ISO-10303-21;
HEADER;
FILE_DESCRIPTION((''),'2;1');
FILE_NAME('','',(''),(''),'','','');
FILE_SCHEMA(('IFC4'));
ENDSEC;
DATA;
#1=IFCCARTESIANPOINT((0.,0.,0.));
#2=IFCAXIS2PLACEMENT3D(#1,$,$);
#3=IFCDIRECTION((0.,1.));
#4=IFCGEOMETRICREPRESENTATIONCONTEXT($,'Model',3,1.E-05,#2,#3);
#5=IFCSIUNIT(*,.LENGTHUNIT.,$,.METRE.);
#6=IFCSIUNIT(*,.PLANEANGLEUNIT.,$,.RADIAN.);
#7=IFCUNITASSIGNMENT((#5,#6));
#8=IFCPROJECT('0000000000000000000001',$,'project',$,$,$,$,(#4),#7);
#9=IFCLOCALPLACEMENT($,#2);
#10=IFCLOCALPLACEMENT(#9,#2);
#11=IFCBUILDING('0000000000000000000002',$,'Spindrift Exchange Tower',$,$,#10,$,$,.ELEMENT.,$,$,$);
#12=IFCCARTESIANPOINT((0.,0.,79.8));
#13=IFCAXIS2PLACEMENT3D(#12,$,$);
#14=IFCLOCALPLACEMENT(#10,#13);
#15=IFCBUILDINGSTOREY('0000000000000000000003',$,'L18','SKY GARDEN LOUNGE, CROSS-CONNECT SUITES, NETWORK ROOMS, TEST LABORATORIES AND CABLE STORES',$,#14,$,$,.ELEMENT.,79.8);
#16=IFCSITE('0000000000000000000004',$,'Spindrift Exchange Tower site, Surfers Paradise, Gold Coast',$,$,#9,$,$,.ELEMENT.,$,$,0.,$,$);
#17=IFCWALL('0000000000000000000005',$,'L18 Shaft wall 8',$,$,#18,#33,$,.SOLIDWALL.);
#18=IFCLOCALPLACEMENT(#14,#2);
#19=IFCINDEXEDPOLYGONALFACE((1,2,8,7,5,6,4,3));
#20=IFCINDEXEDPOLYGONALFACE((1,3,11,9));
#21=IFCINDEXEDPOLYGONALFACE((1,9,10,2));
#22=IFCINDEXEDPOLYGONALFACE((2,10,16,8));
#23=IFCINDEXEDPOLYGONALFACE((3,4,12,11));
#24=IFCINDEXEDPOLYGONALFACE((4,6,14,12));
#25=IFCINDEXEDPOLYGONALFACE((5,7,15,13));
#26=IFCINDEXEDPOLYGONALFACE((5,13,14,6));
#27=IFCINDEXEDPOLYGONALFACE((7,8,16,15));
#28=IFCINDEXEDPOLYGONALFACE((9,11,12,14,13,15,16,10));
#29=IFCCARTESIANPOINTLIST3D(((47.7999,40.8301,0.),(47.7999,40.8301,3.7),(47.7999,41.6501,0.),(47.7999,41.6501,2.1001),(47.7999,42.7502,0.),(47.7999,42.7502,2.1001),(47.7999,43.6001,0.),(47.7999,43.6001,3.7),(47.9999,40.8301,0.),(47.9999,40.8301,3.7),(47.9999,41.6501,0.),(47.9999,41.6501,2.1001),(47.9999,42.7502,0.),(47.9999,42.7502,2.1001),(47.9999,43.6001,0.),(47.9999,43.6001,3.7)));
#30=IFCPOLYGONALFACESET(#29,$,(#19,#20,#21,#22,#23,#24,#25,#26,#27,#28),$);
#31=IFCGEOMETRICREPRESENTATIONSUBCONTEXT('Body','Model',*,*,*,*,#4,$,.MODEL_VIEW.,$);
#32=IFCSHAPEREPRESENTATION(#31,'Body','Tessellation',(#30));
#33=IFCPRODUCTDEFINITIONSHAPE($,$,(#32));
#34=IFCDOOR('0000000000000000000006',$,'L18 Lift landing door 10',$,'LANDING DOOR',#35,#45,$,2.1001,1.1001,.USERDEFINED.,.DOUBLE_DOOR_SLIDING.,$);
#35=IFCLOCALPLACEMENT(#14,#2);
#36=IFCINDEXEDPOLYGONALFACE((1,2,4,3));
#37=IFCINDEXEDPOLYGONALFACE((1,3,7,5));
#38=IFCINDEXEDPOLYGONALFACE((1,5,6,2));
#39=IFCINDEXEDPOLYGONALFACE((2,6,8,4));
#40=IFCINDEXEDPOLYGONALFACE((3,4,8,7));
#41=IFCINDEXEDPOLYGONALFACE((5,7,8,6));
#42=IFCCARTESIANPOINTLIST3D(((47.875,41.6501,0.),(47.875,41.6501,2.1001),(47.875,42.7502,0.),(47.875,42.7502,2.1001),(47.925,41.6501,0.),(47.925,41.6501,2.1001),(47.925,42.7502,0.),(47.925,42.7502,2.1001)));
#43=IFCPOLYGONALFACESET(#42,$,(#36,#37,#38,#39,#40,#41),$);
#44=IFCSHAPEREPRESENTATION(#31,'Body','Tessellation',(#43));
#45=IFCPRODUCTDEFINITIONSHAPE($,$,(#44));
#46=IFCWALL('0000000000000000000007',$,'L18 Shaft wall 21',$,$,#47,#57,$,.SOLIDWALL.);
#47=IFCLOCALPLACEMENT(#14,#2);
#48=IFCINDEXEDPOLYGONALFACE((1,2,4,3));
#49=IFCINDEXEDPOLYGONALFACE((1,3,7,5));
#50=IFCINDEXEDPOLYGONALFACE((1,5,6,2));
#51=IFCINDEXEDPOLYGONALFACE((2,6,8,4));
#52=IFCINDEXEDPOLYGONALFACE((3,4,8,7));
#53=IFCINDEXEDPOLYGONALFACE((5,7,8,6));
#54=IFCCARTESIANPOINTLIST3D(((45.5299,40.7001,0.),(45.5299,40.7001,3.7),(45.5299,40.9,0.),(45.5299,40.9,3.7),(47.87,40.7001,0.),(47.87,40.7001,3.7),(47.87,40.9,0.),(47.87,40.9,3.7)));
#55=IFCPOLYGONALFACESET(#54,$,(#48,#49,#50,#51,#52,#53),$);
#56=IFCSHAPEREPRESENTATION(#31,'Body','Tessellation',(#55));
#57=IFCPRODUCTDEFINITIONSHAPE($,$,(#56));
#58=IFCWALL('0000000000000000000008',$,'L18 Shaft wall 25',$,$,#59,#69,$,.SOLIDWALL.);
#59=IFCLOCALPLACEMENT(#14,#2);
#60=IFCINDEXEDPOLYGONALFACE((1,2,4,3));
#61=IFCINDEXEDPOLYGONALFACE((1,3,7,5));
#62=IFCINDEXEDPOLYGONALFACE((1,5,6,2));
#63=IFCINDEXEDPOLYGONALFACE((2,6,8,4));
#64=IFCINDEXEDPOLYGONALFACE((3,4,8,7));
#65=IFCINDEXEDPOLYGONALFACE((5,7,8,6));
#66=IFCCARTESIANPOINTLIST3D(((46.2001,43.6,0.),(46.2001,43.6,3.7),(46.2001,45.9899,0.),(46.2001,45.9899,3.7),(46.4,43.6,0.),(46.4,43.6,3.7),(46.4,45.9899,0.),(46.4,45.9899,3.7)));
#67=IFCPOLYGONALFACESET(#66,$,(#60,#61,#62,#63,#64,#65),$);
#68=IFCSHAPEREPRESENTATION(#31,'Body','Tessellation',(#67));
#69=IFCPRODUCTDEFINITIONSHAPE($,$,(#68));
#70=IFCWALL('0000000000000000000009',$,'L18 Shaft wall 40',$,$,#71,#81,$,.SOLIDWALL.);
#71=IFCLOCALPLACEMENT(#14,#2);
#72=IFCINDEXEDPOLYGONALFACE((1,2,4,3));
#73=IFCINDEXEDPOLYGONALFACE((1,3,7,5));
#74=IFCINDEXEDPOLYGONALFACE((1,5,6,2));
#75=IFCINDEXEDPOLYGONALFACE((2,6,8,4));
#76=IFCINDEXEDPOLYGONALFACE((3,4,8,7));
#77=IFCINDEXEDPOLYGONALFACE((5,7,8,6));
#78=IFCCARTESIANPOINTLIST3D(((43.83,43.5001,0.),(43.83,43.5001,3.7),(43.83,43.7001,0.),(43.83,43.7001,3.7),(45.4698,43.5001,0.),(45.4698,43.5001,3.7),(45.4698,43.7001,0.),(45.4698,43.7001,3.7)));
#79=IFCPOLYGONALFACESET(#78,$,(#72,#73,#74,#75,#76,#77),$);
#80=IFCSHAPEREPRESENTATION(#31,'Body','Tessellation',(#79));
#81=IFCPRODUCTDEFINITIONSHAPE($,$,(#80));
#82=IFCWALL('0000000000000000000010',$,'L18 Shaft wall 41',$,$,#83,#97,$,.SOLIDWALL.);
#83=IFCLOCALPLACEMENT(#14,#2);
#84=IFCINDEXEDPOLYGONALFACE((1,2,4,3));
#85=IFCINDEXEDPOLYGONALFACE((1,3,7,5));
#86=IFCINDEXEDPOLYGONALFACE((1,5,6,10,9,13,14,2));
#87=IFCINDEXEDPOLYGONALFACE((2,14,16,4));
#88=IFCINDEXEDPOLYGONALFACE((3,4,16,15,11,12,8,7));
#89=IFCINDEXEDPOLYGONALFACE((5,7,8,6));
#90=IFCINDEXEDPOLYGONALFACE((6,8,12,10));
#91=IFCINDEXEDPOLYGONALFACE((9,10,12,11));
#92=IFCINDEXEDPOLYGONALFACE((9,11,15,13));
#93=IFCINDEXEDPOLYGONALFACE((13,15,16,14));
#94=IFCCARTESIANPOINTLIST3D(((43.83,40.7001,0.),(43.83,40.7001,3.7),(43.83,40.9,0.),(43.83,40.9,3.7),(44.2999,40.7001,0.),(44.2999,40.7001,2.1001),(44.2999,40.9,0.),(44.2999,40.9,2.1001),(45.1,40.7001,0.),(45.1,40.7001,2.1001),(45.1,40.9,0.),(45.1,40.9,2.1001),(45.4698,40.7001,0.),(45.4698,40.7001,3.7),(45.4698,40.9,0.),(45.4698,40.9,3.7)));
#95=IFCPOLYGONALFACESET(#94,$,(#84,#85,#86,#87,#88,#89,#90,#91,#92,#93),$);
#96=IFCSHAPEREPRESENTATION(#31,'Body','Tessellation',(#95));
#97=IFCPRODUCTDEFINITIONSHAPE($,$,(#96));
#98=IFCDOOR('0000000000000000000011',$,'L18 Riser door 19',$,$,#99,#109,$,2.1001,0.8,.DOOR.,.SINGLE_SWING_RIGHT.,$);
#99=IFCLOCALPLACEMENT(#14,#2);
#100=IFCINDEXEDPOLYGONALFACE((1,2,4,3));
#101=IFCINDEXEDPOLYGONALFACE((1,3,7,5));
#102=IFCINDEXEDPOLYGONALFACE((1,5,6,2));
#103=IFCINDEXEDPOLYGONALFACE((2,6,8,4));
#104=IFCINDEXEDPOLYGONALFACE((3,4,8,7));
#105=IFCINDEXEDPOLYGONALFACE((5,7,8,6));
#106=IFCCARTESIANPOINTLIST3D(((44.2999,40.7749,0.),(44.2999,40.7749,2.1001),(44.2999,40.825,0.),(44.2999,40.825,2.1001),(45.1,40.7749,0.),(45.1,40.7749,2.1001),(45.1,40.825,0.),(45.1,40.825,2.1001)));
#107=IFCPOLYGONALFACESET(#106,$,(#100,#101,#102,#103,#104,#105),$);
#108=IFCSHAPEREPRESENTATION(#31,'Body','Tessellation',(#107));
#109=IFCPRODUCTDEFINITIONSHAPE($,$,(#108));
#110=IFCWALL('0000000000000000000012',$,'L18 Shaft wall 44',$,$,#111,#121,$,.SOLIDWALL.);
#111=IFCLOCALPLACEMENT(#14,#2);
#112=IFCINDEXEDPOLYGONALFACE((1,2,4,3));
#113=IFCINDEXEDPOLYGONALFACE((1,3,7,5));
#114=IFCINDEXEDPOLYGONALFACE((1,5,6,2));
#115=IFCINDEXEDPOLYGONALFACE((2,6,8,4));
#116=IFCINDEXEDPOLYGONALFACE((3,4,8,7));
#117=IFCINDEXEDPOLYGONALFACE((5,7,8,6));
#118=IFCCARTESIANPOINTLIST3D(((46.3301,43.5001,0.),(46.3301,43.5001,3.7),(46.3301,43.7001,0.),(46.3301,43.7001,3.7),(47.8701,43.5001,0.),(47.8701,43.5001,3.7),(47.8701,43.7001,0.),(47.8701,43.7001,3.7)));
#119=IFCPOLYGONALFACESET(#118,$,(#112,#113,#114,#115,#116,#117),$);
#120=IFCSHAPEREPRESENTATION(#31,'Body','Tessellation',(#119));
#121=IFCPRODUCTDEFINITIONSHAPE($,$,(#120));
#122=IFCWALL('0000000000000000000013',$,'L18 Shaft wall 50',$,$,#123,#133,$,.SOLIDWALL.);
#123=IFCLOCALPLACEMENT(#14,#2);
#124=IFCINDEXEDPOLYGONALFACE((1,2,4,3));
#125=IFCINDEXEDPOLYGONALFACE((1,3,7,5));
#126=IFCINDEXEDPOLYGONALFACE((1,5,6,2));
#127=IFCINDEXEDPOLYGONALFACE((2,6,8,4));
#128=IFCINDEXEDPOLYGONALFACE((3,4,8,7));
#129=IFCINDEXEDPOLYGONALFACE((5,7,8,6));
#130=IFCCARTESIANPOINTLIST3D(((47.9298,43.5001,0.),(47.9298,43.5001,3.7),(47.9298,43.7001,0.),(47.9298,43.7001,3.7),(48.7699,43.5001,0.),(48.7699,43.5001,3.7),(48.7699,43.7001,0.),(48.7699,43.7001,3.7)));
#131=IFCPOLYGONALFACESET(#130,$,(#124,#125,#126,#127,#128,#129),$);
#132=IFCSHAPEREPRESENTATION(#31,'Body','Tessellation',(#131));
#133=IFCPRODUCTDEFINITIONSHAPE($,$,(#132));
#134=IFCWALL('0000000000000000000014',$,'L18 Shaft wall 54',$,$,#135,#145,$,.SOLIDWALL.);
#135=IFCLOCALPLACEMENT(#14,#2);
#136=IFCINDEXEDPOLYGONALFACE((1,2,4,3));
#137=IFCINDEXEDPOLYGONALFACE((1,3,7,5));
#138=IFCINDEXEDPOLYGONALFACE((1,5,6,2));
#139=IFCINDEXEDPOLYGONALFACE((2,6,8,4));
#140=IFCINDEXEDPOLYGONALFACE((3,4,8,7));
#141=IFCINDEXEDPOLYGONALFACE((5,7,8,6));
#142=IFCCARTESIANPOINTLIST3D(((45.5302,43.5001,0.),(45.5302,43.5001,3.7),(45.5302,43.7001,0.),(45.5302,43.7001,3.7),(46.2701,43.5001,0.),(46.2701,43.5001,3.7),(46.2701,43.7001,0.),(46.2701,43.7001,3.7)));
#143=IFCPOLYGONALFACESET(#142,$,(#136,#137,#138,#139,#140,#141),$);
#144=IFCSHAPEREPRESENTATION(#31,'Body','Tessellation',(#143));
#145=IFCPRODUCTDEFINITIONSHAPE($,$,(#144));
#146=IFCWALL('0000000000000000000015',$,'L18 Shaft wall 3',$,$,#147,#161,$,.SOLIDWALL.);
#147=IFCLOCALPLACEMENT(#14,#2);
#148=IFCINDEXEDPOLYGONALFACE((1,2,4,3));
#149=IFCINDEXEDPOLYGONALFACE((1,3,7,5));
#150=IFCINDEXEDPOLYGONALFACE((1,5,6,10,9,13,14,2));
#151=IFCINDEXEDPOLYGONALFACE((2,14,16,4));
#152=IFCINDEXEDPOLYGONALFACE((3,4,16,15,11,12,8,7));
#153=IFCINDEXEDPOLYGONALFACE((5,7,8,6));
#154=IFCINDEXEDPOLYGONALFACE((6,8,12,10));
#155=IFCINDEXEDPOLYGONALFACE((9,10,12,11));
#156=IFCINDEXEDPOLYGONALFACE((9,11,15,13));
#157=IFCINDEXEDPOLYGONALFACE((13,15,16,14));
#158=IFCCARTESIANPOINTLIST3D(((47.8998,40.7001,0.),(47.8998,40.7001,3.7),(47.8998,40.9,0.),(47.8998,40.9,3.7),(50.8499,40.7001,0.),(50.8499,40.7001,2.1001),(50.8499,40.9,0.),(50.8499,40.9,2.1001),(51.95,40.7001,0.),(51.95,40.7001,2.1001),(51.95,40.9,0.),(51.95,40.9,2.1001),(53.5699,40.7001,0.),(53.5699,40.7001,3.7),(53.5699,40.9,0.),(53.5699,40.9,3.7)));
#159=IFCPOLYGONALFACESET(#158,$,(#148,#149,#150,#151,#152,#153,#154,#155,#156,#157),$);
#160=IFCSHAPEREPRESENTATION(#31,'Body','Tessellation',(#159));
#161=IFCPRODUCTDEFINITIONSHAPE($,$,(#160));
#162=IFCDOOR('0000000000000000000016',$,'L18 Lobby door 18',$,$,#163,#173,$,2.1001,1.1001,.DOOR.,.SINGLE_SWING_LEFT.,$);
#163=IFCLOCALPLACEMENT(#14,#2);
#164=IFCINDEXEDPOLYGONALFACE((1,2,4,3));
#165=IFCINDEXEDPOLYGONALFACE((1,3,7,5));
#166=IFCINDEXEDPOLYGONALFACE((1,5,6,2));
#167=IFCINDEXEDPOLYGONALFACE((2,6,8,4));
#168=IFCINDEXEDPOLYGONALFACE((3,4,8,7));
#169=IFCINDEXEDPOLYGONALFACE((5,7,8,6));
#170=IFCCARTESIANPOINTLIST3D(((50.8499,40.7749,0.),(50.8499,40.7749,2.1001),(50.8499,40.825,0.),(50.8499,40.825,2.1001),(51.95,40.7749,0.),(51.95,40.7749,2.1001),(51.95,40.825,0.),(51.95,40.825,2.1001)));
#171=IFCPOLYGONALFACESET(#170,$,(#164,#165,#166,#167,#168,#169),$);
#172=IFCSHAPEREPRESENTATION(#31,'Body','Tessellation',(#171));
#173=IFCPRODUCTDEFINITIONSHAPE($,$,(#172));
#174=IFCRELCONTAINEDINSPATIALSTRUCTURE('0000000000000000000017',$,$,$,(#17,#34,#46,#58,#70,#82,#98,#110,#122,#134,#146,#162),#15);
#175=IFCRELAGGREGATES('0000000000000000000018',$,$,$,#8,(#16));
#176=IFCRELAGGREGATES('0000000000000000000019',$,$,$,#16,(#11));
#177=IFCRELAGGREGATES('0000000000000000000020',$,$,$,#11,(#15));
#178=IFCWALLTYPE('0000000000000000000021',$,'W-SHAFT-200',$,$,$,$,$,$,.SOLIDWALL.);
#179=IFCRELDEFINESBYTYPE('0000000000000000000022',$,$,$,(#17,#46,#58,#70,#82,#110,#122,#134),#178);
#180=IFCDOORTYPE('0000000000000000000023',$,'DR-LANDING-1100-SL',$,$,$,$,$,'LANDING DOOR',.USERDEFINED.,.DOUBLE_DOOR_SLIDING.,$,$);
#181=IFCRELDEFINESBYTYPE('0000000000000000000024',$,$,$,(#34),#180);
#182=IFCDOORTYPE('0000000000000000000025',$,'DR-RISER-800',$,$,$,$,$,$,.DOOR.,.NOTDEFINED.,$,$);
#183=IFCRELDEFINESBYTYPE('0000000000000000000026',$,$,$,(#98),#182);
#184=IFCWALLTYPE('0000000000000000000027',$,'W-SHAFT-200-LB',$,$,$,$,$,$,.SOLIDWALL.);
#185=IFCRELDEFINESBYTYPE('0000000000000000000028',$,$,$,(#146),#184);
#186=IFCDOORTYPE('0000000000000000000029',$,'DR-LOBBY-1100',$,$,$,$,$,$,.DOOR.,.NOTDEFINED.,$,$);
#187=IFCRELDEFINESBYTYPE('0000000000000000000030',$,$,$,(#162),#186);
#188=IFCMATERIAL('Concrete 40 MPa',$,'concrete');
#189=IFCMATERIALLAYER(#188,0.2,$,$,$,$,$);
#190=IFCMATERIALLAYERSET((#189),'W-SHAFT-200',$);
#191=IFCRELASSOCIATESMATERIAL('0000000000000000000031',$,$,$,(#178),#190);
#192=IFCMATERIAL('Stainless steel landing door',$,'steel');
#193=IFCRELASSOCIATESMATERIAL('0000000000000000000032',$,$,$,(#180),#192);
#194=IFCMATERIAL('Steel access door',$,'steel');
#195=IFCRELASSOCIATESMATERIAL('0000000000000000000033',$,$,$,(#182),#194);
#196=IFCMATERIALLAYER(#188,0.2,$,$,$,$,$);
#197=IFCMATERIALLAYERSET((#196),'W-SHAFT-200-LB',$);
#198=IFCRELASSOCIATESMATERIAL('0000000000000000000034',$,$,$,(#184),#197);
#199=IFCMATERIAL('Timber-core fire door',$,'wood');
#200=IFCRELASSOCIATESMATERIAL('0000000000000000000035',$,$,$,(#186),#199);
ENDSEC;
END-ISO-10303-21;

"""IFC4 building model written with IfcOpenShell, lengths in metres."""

from ifc_helpers import new_model, si_unit, direction, frame, frame_2d, origin, place, context, subcontext, project, spatial, rectangle, extrude, source, transform, mapped, material, layer, layer_set, type_object, element, fill, save


model = new_model("IFC4")

# Units and contexts
model_context = context("Model", 3, precision=1e-05, world=origin(), true_north=direction((0.0, 1.0)))
body_context = subcontext(model_context, "Body", "Model", "MODEL_VIEW")
ifc_project = project(units=[si_unit("LENGTHUNIT", "METRE"), si_unit("PLANEANGLEUNIT", "RADIAN")], contexts=[model_context])

# Site, building, storey
site_placement = place(None, origin())
site = spatial("IfcSite", under=ifc_project, at=site_placement, Name="Spindrift Exchange Tower site, Surfers Paradise, Gold Coast", CompositionType="ELEMENT", RefElevation=0.0)
building_placement = place(site_placement, origin())
building = spatial("IfcBuilding", under=site, at=building_placement, Name="Spindrift Exchange Tower", CompositionType="ELEMENT")
storey_placement = place(building_placement, frame((0.0, 0.0, 79.8)))
storey = spatial("IfcBuildingStorey", under=building, at=storey_placement, Name="L18", Description="SKY GARDEN LOUNGE, CROSS-CONNECT SUITES, NETWORK ROOMS, TEST LABORATORIES AND CABLE STORES", CompositionType="ELEMENT", Elevation=79.8)

# Shared definitions
ifc_material_1 = material(Name="Concrete 40 MPa", Category="concrete")
ifc_layer_1 = layer(ifc_material_1, 0.2)
ifc_layer_set_1 = layer_set([ifc_layer_1], Name="W-SHAFT-200")
wall_type_1 = type_object("IfcWallType", Name="W-SHAFT-200", PredefinedType="SOLIDWALL", material=ifc_layer_set_1)

# Wall, opening, door
wall_1_placement = place(storey_placement, frame((47.8999, 40.8301, 0.0), z_axis=(0.0, 0.0, 1.0), x_axis=(0.0, 1.0, 0.0)))
wall_1 = element("IfcWall", 1, at=wall_1_placement, inside=storey, type_object=wall_type_1, Name="L18 Shaft wall 8", PredefinedType="SOLIDWALL", context=body_context, shape_type="SweptSolid", body=[
    extrude(rectangle(XDim=2.77, YDim=0.2, at=frame_2d((1.385, 0.0))), origin(), (0.0, 0.0, 1.0), 3.7),
])
opening_1_placement = place(wall_1_placement, frame((0.8201, 0.0, 0.0)))
opening_1 = element("IfcOpeningElement", 2, at=opening_1_placement, cuts=wall_1, PredefinedType="OPENING", context=body_context, shape_type="SweptSolid", body=[
    extrude(rectangle(XDim=1.1001, YDim=2.1001, at=frame_2d((0.55, 1.05))), frame((0.0, 0.1099, 0.0), z_axis=(0.0, -1.0, 0.0), x_axis=(1.0, 0.0, 0.0)), (0.0, 0.0, 1.0), 0.22),
])
ifc_material_2 = material(Name="Stainless steel landing door", Category="steel")
door_type_1 = type_object("IfcDoorType", Name="DR-LANDING-1100-SL", ElementType="LANDING DOOR", OperationType="DOUBLE_DOOR_SLIDING", PredefinedType="USERDEFINED", material=ifc_material_2)
shared_shape_1 = source(origin(), body_context, "Body", "SweptSolid", [
    extrude(rectangle(XDim=1.1001, YDim=2.1001, at=frame_2d((0.55, 1.05))), frame((0.0, 0.0249, 0.0), z_axis=(0.0, -1.0, 0.0), x_axis=(1.0, 0.0, 0.0)), (0.0, 0.0, 1.0), 0.05),
])
door_1_placement = place(opening_1_placement, origin())
door_1 = element("IfcDoor", 3, at=door_1_placement, inside=storey, type_object=door_type_1, Name="L18 Lift landing door 10", ObjectType="LANDING DOOR", OperationType="DOUBLE_DOOR_SLIDING", OverallHeight=2.1001, OverallWidth=1.1001, PredefinedType="USERDEFINED", context=body_context, shape_type="MappedRepresentation", body=[
    mapped(shared_shape_1, transform((0.0, 0.0, 0.0), scale=1.0)),
])
fill(opening_1, door_1)

# Walls
wall_2_placement = place(storey_placement, frame((45.53, 40.8, 0.0), z_axis=(0.0, 0.0, 1.0), x_axis=(1.0, 0.0, 0.0)))
element("IfcWall", 4, at=wall_2_placement, inside=storey, type_object=wall_type_1, Name="L18 Shaft wall 21", PredefinedType="SOLIDWALL", context=body_context, shape_type="SweptSolid", body=[
    extrude(rectangle(XDim=2.3401, YDim=0.2, at=frame_2d((1.1699, 0.0))), origin(), (0.0, 0.0, 1.0), 3.7),
])
wall_3_placement = place(storey_placement, frame((46.3, 43.6001, 0.0), z_axis=(0.0, 0.0, 1.0), x_axis=(0.0, 1.0, 0.0)))
element("IfcWall", 5, at=wall_3_placement, inside=storey, type_object=wall_type_1, Name="L18 Shaft wall 25", PredefinedType="SOLIDWALL", context=body_context, shape_type="SweptSolid", body=[
    extrude(rectangle(XDim=2.3899, YDim=0.2, at=frame_2d((1.1948, 0.0))), origin(), (0.0, 0.0, 1.0), 3.7),
])
wall_4_placement = place(storey_placement, frame((43.8301, 43.6001, 0.0), z_axis=(0.0, 0.0, 1.0), x_axis=(1.0, 0.0, 0.0)))
element("IfcWall", 6, at=wall_4_placement, inside=storey, type_object=wall_type_1, Name="L18 Shaft wall 40", PredefinedType="SOLIDWALL", context=body_context, shape_type="SweptSolid", body=[
    extrude(rectangle(XDim=1.6399, YDim=0.2, at=frame_2d((0.8198, 0.0))), origin(), (0.0, 0.0, 1.0), 3.7),
])

# Wall, opening, door
wall_5_placement = place(storey_placement, frame((43.8301, 40.8, 0.0), z_axis=(0.0, 0.0, 1.0), x_axis=(1.0, 0.0, 0.0)))
wall_5 = element("IfcWall", 7, at=wall_5_placement, inside=storey, type_object=wall_type_1, Name="L18 Shaft wall 41", PredefinedType="SOLIDWALL", context=body_context, shape_type="SweptSolid", body=[
    extrude(rectangle(XDim=1.6399, YDim=0.2, at=frame_2d((0.8198, 0.0))), origin(), (0.0, 0.0, 1.0), 3.7),
])
opening_2_placement = place(wall_5_placement, frame((0.47, 0.0, 0.0)))
opening_2 = element("IfcOpeningElement", 8, at=opening_2_placement, cuts=wall_5, PredefinedType="OPENING", context=body_context, shape_type="SweptSolid", body=[
    extrude(rectangle(XDim=0.8, YDim=2.1001, at=frame_2d((0.3999, 1.05))), frame((0.0, 0.1099, 0.0), z_axis=(0.0, -1.0, 0.0), x_axis=(1.0, 0.0, 0.0)), (0.0, 0.0, 1.0), 0.22),
])
ifc_material_3 = material(Name="Steel access door", Category="steel")
door_type_2 = type_object("IfcDoorType", Name="DR-RISER-800", OperationType="NOTDEFINED", PredefinedType="DOOR", material=ifc_material_3)
shared_shape_2 = source(origin(), body_context, "Body", "SweptSolid", [
    extrude(rectangle(XDim=0.8, YDim=2.1001, at=frame_2d((0.3999, 1.05))), frame((0.0, 0.0249, 0.0), z_axis=(0.0, -1.0, 0.0), x_axis=(1.0, 0.0, 0.0)), (0.0, 0.0, 1.0), 0.05),
])
door_2_placement = place(opening_2_placement, origin())
door_2 = element("IfcDoor", 9, at=door_2_placement, inside=storey, type_object=door_type_2, Name="L18 Riser door 19", OperationType="SINGLE_SWING_RIGHT", OverallHeight=2.1001, OverallWidth=0.8, PredefinedType="DOOR", context=body_context, shape_type="MappedRepresentation", body=[
    mapped(shared_shape_2, transform((0.0, 0.0, 0.0), scale=1.0)),
])
fill(opening_2, door_2)

# Walls
wall_6_placement = place(storey_placement, frame((46.3301, 43.6001, 0.0), z_axis=(0.0, 0.0, 1.0), x_axis=(1.0, 0.0, 0.0)))
element("IfcWall", 10, at=wall_6_placement, inside=storey, type_object=wall_type_1, Name="L18 Shaft wall 44", PredefinedType="SOLIDWALL", context=body_context, shape_type="SweptSolid", body=[
    extrude(rectangle(XDim=1.54, YDim=0.2, at=frame_2d((0.77, 0.0))), origin(), (0.0, 0.0, 1.0), 3.7),
])
wall_7_placement = place(storey_placement, frame((47.9299, 43.6001, 0.0), z_axis=(0.0, 0.0, 1.0), x_axis=(1.0, 0.0, 0.0)))
element("IfcWall", 11, at=wall_7_placement, inside=storey, type_object=wall_type_1, Name="L18 Shaft wall 50", PredefinedType="SOLIDWALL", context=body_context, shape_type="SweptSolid", body=[
    extrude(rectangle(XDim=0.8401, YDim=0.2, at=frame_2d((0.4199, 0.0))), origin(), (0.0, 0.0, 1.0), 3.7),
])
wall_8_placement = place(storey_placement, frame((45.53, 43.6001, 0.0), z_axis=(0.0, 0.0, 1.0), x_axis=(1.0, 0.0, 0.0)))
element("IfcWall", 12, at=wall_8_placement, inside=storey, type_object=wall_type_1, Name="L18 Shaft wall 54", PredefinedType="SOLIDWALL", context=body_context, shape_type="SweptSolid", body=[
    extrude(rectangle(XDim=0.74, YDim=0.2, at=frame_2d((0.3701, 0.0))), origin(), (0.0, 0.0, 1.0), 3.7),
])

# Wall, opening, door
ifc_layer_2 = layer(ifc_material_1, 0.2)
ifc_layer_set_2 = layer_set([ifc_layer_2], Name="W-SHAFT-200-LB")
wall_type_2 = type_object("IfcWallType", Name="W-SHAFT-200-LB", PredefinedType="SOLIDWALL", material=ifc_layer_set_2)
wall_9_placement = place(storey_placement, frame((47.8999, 40.8, 0.0), z_axis=(0.0, 0.0, 1.0), x_axis=(1.0, 0.0, 0.0)))
wall_9 = element("IfcWall", 13, at=wall_9_placement, inside=storey, type_object=wall_type_2, Name="L18 Shaft wall 3", PredefinedType="SOLIDWALL", context=body_context, shape_type="SweptSolid", body=[
    extrude(rectangle(XDim=5.6702, YDim=0.2, at=frame_2d((2.835, 0.0))), origin(), (0.0, 0.0, 1.0), 3.7),
])
opening_3_placement = place(wall_9_placement, frame((2.95, 0.0, 0.0)))
opening_3 = element("IfcOpeningElement", 14, at=opening_3_placement, cuts=wall_9, PredefinedType="OPENING", context=body_context, shape_type="SweptSolid", body=[
    extrude(rectangle(XDim=1.1001, YDim=2.1001, at=frame_2d((0.55, 1.05))), frame((0.0, 0.1099, 0.0), z_axis=(0.0, -1.0, 0.0), x_axis=(1.0, 0.0, 0.0)), (0.0, 0.0, 1.0), 0.22),
])
ifc_material_4 = material(Name="Timber-core fire door", Category="wood")
door_type_3 = type_object("IfcDoorType", Name="DR-LOBBY-1100", OperationType="NOTDEFINED", PredefinedType="DOOR", material=ifc_material_4)
shared_shape_3 = source(origin(), body_context, "Body", "SweptSolid", [
    extrude(rectangle(XDim=1.1001, YDim=2.1001, at=frame_2d((0.55, 1.05))), frame((0.0, 0.0249, 0.0), z_axis=(0.0, -1.0, 0.0), x_axis=(1.0, 0.0, 0.0)), (0.0, 0.0, 1.0), 0.05),
])
door_3_placement = place(opening_3_placement, origin())
door_3 = element("IfcDoor", 15, at=door_3_placement, inside=storey, type_object=door_type_3, Name="L18 Lobby door 18", OperationType="SINGLE_SWING_LEFT", OverallHeight=2.1001, OverallWidth=1.1001, PredefinedType="DOOR", context=body_context, shape_type="MappedRepresentation", body=[
    mapped(shared_shape_3, transform((0.0, 0.0, 0.0), scale=1.0)),
])
fill(opening_3, door_3)

save(model, "model.ifc")
